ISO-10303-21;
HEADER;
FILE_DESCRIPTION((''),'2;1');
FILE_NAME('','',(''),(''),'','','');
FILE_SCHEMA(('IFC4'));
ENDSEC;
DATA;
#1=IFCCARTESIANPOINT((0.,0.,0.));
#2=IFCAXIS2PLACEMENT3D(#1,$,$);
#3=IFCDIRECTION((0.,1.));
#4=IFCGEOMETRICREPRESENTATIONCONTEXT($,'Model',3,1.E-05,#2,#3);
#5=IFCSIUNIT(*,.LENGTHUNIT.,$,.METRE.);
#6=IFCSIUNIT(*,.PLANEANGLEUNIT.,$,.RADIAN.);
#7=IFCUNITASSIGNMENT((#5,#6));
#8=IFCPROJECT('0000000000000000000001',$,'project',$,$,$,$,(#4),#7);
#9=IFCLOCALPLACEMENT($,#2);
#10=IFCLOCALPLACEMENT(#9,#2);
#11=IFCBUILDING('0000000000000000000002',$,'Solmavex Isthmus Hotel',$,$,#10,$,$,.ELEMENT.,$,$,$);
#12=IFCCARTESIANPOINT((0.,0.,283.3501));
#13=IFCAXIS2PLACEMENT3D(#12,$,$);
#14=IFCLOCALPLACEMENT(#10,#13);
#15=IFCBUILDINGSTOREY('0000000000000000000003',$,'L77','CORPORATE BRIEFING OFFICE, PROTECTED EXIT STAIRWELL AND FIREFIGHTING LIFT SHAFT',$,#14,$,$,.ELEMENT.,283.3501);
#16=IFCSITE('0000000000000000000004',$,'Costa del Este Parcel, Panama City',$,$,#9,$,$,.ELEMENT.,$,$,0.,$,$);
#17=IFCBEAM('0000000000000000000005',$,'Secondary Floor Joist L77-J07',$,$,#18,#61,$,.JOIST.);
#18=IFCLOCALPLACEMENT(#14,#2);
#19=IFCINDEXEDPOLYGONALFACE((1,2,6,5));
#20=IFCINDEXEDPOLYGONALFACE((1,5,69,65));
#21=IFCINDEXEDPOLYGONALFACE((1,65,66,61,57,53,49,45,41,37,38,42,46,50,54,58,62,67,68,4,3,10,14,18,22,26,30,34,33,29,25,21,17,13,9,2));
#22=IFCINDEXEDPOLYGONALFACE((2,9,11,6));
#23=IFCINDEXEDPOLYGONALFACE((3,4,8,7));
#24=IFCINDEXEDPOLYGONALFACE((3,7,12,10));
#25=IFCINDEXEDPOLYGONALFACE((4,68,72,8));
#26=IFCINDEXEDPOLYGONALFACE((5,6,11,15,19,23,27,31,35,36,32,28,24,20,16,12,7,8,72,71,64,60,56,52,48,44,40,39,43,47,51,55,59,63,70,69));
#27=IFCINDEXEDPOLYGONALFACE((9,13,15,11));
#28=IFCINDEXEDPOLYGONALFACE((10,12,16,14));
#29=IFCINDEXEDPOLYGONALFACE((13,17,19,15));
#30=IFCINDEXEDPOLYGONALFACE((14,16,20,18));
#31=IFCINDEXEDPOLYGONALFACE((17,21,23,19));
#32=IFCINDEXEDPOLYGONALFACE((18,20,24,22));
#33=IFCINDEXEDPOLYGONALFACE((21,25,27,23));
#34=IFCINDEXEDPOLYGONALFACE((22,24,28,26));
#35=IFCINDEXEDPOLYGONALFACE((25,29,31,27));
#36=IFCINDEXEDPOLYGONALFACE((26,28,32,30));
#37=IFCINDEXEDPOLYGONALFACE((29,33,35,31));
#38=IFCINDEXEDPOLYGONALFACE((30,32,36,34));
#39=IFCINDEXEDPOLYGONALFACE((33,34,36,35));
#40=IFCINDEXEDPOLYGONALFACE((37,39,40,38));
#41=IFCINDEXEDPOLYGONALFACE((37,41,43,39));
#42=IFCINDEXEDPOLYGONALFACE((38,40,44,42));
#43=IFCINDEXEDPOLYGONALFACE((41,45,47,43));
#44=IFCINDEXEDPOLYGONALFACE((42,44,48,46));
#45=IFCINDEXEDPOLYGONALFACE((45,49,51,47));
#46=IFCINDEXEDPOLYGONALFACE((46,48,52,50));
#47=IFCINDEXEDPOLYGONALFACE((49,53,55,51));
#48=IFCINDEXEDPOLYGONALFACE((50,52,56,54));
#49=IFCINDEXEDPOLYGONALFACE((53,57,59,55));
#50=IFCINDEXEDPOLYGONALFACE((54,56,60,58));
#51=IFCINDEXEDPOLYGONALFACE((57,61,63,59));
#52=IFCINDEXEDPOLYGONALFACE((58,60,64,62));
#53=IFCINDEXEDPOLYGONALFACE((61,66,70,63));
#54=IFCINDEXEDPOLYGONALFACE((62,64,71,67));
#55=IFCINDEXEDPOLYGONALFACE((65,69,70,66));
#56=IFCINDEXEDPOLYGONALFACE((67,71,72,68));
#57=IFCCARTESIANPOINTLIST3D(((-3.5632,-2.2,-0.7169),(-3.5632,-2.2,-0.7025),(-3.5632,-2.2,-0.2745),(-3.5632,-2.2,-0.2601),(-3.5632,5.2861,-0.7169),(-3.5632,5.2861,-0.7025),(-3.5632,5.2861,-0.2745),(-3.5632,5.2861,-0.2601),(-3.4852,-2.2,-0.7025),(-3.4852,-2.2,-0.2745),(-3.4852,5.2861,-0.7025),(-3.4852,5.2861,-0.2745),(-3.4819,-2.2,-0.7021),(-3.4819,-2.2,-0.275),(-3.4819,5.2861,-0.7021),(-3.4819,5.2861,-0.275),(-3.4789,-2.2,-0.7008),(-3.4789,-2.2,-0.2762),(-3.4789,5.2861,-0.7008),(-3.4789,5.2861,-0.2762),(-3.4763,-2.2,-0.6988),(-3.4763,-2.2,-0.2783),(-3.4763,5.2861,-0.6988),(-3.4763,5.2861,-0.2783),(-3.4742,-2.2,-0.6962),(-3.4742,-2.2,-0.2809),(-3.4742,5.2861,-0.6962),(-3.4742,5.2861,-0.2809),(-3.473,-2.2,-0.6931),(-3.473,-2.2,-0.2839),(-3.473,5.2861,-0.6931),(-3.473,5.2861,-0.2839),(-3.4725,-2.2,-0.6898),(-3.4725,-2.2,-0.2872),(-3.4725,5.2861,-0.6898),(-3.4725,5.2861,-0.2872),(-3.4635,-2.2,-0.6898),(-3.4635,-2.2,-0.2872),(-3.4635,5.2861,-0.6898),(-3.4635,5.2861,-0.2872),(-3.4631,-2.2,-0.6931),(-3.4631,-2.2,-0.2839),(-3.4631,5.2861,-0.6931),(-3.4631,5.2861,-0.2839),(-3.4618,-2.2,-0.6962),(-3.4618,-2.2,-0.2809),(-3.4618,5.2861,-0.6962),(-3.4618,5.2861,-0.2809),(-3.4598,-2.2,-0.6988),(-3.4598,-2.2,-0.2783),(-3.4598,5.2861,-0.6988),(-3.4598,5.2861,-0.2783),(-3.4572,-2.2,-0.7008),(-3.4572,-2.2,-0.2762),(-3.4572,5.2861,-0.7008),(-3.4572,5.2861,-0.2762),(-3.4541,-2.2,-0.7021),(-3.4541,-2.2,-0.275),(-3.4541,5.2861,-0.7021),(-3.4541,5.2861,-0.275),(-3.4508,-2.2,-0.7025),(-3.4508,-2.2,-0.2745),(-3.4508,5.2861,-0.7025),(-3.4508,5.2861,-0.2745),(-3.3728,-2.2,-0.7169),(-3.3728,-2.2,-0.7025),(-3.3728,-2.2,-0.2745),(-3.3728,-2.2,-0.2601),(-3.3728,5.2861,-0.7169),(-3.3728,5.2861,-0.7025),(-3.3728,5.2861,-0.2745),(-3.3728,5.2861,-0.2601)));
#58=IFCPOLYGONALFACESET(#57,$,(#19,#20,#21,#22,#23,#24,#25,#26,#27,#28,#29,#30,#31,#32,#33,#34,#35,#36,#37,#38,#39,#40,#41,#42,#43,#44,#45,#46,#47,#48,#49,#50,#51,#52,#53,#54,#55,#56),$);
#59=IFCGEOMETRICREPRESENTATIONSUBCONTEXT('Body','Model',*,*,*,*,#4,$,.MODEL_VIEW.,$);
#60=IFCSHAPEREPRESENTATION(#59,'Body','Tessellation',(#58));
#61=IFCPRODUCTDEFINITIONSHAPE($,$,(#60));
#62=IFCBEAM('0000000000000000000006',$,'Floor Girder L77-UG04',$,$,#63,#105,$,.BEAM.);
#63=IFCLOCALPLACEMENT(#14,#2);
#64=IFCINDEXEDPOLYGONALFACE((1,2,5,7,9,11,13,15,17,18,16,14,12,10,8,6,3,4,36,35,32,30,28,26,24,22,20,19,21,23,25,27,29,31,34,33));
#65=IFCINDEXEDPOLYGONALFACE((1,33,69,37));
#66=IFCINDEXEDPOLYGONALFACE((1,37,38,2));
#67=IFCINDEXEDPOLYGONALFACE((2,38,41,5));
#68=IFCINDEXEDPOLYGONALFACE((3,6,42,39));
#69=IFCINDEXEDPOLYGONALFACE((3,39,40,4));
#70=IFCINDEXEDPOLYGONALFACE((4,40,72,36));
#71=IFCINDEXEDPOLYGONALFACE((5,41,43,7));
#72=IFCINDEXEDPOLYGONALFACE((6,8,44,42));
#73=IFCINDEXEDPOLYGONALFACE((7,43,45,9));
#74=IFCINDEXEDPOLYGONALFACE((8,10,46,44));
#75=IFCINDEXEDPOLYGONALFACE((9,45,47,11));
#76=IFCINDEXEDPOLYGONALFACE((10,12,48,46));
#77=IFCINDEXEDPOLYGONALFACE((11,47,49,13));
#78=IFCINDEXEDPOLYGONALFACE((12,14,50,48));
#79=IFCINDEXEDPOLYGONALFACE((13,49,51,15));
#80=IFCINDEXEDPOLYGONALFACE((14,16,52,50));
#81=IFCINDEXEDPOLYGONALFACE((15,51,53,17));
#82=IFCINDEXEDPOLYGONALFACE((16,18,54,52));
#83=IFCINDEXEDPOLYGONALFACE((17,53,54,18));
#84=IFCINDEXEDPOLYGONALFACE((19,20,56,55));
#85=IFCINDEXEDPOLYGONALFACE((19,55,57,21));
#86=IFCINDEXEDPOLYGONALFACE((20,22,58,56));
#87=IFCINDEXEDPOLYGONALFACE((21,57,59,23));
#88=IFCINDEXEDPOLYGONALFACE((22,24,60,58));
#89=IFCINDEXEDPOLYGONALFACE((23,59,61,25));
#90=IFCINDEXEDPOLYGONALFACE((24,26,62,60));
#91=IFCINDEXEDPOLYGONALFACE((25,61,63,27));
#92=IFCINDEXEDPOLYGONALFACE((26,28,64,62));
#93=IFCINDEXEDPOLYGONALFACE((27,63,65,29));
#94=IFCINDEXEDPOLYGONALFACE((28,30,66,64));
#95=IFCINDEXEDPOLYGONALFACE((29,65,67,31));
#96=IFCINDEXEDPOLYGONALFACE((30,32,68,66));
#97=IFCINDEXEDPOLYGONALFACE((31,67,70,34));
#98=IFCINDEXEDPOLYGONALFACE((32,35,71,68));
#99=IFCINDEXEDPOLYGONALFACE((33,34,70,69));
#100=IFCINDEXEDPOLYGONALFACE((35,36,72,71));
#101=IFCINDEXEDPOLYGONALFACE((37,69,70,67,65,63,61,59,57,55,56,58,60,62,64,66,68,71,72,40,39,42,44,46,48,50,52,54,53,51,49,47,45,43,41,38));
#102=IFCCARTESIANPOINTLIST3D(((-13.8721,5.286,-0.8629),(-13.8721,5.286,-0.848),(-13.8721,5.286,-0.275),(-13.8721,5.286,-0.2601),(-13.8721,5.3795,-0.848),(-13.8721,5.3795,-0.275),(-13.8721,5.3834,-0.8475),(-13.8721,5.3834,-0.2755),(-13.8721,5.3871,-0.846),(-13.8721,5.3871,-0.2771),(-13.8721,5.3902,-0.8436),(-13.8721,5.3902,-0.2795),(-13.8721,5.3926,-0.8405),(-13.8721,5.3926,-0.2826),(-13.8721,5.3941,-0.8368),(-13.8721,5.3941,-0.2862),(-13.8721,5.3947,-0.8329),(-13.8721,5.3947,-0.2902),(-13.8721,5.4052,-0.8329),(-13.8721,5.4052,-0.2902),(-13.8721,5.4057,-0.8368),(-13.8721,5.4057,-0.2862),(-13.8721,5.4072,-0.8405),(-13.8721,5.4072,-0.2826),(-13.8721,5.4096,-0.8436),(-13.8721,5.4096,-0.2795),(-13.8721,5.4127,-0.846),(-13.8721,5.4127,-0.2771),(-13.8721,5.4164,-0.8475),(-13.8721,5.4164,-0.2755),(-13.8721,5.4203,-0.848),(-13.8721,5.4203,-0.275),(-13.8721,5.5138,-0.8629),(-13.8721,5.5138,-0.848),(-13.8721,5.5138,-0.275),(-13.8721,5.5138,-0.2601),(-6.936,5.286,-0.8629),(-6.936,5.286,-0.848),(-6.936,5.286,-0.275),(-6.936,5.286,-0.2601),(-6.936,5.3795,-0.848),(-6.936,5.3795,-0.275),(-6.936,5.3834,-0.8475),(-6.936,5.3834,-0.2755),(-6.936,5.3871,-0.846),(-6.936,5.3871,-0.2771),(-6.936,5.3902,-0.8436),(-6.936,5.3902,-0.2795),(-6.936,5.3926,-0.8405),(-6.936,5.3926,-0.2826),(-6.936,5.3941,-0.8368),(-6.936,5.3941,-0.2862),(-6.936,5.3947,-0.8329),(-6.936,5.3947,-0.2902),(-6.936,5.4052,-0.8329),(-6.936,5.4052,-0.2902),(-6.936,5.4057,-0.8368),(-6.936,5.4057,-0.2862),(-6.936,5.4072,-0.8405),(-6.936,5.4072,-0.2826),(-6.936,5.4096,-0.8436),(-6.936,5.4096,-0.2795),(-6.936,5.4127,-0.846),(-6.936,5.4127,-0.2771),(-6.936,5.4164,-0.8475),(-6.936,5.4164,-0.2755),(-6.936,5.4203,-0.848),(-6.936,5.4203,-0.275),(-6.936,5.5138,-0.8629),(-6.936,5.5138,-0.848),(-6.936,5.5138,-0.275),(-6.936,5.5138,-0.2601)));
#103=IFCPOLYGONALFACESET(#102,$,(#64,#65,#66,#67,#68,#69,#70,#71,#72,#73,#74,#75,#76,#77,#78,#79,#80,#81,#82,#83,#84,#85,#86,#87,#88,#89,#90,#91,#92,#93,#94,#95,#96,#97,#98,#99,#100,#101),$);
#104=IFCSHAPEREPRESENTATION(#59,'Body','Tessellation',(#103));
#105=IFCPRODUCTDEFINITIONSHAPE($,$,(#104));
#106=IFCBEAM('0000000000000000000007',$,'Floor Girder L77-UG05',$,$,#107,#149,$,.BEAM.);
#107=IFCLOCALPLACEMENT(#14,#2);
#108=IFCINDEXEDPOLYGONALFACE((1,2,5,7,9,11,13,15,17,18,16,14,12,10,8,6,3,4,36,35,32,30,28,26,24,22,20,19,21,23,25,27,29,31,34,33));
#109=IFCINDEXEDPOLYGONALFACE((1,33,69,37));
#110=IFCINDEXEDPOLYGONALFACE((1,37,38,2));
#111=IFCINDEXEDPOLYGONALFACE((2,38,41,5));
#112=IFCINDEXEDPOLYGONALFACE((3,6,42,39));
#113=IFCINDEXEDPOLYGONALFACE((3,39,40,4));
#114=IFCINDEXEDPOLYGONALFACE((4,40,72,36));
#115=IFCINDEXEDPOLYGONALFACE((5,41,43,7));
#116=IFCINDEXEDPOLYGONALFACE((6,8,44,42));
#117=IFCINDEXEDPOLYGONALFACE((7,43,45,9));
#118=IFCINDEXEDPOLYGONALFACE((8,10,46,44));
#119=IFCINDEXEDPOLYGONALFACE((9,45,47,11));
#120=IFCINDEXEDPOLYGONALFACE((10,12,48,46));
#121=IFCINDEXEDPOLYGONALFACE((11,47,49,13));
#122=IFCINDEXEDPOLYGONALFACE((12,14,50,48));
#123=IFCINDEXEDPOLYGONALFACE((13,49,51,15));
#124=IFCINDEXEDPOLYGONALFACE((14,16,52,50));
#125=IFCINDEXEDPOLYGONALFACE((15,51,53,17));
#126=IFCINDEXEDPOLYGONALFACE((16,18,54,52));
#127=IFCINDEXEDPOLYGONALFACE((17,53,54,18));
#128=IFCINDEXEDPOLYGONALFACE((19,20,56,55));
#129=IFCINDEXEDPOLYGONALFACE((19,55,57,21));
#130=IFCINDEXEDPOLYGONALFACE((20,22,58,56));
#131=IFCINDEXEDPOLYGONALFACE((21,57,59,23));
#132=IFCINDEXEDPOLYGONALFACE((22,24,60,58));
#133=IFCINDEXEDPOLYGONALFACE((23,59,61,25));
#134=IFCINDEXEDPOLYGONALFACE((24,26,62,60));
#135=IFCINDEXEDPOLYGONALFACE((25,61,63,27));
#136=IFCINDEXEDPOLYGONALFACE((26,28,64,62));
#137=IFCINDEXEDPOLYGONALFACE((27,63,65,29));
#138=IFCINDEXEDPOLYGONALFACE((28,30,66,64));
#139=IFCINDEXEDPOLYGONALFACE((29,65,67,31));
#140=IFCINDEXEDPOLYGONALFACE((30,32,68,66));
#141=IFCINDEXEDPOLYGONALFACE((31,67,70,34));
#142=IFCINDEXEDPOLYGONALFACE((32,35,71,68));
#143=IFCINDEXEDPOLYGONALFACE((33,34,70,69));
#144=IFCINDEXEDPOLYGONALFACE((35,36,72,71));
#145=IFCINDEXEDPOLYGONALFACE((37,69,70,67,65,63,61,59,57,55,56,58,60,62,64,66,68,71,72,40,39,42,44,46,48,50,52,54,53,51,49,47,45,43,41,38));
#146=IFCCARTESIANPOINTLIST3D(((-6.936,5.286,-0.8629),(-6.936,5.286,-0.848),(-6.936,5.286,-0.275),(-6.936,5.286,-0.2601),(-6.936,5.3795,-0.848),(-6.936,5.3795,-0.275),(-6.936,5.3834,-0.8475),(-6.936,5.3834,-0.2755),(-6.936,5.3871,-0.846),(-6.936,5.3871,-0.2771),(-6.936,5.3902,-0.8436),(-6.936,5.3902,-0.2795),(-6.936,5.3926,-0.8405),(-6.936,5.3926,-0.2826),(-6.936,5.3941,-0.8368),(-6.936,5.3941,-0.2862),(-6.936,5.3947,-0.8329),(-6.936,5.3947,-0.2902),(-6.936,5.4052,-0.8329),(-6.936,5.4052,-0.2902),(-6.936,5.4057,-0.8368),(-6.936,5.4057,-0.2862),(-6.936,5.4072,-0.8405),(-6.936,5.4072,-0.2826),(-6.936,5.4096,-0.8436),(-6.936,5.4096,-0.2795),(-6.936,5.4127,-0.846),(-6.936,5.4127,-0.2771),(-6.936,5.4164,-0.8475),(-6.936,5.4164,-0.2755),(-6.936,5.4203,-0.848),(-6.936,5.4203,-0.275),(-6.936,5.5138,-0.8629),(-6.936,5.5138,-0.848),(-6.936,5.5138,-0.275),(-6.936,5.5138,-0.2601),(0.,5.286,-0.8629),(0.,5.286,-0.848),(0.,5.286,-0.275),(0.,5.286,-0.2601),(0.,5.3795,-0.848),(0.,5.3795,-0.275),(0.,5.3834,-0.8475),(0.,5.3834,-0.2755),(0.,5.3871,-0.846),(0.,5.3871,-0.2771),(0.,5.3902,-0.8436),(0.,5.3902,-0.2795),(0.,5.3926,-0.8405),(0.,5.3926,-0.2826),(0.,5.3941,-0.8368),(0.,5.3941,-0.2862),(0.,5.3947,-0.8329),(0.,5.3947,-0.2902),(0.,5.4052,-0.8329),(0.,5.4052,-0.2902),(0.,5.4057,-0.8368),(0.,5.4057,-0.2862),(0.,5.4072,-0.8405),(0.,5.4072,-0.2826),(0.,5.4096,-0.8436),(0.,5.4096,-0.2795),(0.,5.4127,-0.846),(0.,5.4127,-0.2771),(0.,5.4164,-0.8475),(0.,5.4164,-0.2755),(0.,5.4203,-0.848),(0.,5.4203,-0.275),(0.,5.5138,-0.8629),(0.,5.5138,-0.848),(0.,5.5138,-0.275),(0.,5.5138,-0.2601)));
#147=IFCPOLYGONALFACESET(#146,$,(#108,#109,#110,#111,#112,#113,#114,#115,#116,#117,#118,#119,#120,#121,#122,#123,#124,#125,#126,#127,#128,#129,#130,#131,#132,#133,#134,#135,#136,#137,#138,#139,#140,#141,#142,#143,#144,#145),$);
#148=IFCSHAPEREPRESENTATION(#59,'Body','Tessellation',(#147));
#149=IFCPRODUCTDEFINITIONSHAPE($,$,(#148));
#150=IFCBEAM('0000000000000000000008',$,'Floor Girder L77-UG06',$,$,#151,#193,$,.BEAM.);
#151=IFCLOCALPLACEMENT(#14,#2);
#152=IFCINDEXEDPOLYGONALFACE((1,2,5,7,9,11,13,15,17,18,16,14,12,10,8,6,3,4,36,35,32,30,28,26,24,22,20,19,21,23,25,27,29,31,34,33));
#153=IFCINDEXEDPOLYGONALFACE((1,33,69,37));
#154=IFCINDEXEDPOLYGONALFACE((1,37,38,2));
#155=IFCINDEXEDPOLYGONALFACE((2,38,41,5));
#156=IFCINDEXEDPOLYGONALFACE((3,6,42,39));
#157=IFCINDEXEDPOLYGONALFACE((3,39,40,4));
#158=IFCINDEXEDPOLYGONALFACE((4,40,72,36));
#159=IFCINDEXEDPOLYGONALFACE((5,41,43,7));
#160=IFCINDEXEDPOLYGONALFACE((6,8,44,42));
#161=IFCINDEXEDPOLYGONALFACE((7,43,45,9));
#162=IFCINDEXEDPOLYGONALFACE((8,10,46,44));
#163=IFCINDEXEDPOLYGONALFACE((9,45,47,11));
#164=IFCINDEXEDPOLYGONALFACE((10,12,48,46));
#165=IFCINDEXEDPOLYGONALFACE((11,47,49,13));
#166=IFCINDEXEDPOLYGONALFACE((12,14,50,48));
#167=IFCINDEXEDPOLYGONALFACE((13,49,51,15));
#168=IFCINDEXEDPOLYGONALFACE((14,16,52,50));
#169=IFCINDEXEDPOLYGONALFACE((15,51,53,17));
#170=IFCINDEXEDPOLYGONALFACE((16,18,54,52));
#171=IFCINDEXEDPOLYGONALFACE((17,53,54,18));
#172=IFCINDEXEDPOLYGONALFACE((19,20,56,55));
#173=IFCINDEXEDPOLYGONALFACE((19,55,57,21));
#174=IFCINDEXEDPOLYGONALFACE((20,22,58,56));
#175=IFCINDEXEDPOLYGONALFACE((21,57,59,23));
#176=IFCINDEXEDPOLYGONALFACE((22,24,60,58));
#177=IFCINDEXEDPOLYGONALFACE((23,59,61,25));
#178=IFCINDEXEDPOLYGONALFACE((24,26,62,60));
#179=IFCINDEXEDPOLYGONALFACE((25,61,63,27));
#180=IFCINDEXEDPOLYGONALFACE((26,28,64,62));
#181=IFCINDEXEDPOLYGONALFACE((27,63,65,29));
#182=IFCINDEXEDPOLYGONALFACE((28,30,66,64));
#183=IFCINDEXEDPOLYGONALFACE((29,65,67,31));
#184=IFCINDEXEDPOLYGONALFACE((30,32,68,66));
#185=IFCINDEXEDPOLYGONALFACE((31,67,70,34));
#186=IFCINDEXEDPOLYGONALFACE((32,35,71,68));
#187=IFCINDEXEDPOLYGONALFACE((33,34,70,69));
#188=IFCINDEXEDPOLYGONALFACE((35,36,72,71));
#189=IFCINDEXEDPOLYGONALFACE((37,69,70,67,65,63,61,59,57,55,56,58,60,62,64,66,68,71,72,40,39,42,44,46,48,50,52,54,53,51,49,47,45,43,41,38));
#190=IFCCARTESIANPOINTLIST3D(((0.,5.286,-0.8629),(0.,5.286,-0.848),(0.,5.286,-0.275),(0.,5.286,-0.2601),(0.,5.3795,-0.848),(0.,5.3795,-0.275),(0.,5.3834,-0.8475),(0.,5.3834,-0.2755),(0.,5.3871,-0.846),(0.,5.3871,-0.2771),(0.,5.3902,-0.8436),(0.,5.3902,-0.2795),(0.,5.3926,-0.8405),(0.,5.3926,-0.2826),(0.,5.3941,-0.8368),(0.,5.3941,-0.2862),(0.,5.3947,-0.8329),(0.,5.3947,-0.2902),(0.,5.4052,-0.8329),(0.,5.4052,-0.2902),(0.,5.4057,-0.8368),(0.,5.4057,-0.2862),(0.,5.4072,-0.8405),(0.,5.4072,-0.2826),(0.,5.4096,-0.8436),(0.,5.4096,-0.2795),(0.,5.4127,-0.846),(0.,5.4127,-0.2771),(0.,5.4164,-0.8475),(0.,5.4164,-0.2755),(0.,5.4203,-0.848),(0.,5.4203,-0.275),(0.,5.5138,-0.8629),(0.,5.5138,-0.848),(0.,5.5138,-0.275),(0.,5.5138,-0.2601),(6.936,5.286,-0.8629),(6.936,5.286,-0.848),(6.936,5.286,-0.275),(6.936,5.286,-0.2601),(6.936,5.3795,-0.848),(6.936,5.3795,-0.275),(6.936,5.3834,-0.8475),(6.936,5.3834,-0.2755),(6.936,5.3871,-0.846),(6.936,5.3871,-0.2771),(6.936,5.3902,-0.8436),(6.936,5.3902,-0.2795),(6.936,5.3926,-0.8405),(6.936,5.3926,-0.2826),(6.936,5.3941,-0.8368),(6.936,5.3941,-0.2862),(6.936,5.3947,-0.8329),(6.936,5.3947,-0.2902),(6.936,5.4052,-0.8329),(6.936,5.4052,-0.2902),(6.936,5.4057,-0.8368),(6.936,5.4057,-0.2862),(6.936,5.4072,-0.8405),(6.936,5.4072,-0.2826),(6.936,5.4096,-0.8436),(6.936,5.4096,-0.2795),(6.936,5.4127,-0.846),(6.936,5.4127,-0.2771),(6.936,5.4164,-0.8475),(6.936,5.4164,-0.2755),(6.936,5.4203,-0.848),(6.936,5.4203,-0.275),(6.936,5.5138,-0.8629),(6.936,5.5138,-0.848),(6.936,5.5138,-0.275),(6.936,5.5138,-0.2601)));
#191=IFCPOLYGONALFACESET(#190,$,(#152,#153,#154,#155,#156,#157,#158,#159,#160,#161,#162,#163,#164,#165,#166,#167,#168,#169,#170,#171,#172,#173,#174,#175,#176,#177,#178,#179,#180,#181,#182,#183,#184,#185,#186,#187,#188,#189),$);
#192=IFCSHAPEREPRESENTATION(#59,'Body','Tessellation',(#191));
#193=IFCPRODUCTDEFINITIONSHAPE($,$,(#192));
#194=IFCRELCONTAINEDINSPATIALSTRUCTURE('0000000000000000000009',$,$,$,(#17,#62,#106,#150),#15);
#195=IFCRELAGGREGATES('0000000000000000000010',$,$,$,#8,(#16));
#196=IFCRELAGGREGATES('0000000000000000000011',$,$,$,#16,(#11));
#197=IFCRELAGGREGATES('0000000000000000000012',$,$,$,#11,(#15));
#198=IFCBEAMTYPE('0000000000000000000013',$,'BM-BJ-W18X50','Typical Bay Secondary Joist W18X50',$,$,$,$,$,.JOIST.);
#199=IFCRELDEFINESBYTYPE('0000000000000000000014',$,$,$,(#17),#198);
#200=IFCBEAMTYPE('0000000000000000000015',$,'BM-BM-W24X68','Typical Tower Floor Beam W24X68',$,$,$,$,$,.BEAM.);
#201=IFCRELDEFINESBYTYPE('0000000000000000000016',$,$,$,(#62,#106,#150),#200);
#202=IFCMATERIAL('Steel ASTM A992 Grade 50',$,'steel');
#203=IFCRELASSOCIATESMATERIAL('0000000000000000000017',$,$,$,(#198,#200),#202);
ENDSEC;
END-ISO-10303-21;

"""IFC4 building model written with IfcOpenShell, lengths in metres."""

from ifc_helpers import new_model, si_unit, direction, frame, origin, origin_2d, place, context, subcontext, project, spatial, i_section, extrude, material, material_profile, profile_set, type_object, element, save


model = new_model("IFC4")

# Units and contexts
model_context = context("Model", 3, precision=1e-05, world=origin(), true_north=direction((0.0, 1.0)))
body_context = subcontext(model_context, "Body", "Model", "MODEL_VIEW")
ifc_project = project(units=[si_unit("LENGTHUNIT", "METRE"), si_unit("PLANEANGLEUNIT", "RADIAN")], contexts=[model_context])

# Site, building, storey
site_placement = place(None, origin())
site = spatial("IfcSite", under=ifc_project, at=site_placement, Name="Costa del Este Parcel, Panama City", CompositionType="ELEMENT", RefElevation=0.0)
building_placement = place(site_placement, origin())
building = spatial("IfcBuilding", under=site, at=building_placement, Name="Solmavex Isthmus Hotel", CompositionType="ELEMENT")
storey_placement = place(building_placement, frame((0.0, 0.0, 283.3501)))
storey = spatial("IfcBuildingStorey", under=building, at=storey_placement, Name="L77", Description="CORPORATE BRIEFING OFFICE, PROTECTED EXIT STAIRWELL AND FIREFIGHTING LIFT SHAFT", CompositionType="ELEMENT", Elevation=283.3501)

# Beams
ifc_material_1 = material(Name="Steel ASTM A992 Grade 50", Category="steel")
ifc_material_profile_1 = material_profile(ifc_material_1, i_section(OverallWidth=0.1904, OverallDepth=0.4568, WebThickness=0.009, FlangeThickness=0.0144, FilletRadius=0.0127, at=origin_2d()), Name="W18X50")
ifc_profile_set_1 = profile_set([ifc_material_profile_1], Name="Steel ASTM A992 Grade 50")
beam_type_1 = type_object("IfcBeamType", Name="BM-BJ-W18X50", Description="Typical Bay Secondary Joist W18X50", PredefinedType="JOIST", material=ifc_profile_set_1)
for number, where, z_axis, x_axis, name in (
    (1, (-3.468, -2.2, -0.4885), (0.0, 1.0, 0.0), (-1.0, 0.0, 0.0), "Secondary Floor Joist L77-J07"),
):
    element("IfcBeam", number, at=place(storey_placement, frame(where, z_axis=z_axis, x_axis=x_axis)), inside=storey, type_object=beam_type_1, Name=name, PredefinedType="JOIST", context=body_context, shape_type="SweptSolid", body=[
        extrude(i_section(OverallWidth=0.1904, OverallDepth=0.4568, WebThickness=0.009, FlangeThickness=0.0144, FilletRadius=0.0127, at=origin_2d()), origin(), (0.0, 0.0, 1.0), 7.4861),
    ])
ifc_material_profile_2 = material_profile(ifc_material_1, i_section(OverallWidth=0.2278, OverallDepth=0.6028, WebThickness=0.0105, FlangeThickness=0.0149, FilletRadius=0.0151, at=origin_2d()), Name="W24X68")
ifc_profile_set_2 = profile_set([ifc_material_profile_2], Name="Steel ASTM A992 Grade 50")
beam_type_2 = type_object("IfcBeamType", Name="BM-BM-W24X68", Description="Typical Tower Floor Beam W24X68", PredefinedType="BEAM", material=ifc_profile_set_2)
for number, where, z_axis, x_axis, name in (
    (2, (-13.8721, 5.3999, -0.5615), (1.0, 0.0, 0.0), (0.0, 1.0, 0.0), "Floor Girder L77-UG04"),
    (3, (-6.936, 5.3999, -0.5615), (1.0, 0.0, 0.0), (0.0, 1.0, 0.0), "Floor Girder L77-UG05"),
    (4, (0.0, 5.3999, -0.5615), (1.0, 0.0, 0.0), (0.0, 1.0, 0.0), "Floor Girder L77-UG06"),
):
    element("IfcBeam", number, at=place(storey_placement, frame(where, z_axis=z_axis, x_axis=x_axis)), inside=storey, type_object=beam_type_2, Name=name, PredefinedType="BEAM", context=body_context, shape_type="SweptSolid", body=[
        extrude(i_section(OverallWidth=0.2278, OverallDepth=0.6028, WebThickness=0.0105, FlangeThickness=0.0149, FilletRadius=0.0151, at=origin_2d()), origin(), (0.0, 0.0, 1.0), 6.936),
    ])

save(model, "model.ifc")
